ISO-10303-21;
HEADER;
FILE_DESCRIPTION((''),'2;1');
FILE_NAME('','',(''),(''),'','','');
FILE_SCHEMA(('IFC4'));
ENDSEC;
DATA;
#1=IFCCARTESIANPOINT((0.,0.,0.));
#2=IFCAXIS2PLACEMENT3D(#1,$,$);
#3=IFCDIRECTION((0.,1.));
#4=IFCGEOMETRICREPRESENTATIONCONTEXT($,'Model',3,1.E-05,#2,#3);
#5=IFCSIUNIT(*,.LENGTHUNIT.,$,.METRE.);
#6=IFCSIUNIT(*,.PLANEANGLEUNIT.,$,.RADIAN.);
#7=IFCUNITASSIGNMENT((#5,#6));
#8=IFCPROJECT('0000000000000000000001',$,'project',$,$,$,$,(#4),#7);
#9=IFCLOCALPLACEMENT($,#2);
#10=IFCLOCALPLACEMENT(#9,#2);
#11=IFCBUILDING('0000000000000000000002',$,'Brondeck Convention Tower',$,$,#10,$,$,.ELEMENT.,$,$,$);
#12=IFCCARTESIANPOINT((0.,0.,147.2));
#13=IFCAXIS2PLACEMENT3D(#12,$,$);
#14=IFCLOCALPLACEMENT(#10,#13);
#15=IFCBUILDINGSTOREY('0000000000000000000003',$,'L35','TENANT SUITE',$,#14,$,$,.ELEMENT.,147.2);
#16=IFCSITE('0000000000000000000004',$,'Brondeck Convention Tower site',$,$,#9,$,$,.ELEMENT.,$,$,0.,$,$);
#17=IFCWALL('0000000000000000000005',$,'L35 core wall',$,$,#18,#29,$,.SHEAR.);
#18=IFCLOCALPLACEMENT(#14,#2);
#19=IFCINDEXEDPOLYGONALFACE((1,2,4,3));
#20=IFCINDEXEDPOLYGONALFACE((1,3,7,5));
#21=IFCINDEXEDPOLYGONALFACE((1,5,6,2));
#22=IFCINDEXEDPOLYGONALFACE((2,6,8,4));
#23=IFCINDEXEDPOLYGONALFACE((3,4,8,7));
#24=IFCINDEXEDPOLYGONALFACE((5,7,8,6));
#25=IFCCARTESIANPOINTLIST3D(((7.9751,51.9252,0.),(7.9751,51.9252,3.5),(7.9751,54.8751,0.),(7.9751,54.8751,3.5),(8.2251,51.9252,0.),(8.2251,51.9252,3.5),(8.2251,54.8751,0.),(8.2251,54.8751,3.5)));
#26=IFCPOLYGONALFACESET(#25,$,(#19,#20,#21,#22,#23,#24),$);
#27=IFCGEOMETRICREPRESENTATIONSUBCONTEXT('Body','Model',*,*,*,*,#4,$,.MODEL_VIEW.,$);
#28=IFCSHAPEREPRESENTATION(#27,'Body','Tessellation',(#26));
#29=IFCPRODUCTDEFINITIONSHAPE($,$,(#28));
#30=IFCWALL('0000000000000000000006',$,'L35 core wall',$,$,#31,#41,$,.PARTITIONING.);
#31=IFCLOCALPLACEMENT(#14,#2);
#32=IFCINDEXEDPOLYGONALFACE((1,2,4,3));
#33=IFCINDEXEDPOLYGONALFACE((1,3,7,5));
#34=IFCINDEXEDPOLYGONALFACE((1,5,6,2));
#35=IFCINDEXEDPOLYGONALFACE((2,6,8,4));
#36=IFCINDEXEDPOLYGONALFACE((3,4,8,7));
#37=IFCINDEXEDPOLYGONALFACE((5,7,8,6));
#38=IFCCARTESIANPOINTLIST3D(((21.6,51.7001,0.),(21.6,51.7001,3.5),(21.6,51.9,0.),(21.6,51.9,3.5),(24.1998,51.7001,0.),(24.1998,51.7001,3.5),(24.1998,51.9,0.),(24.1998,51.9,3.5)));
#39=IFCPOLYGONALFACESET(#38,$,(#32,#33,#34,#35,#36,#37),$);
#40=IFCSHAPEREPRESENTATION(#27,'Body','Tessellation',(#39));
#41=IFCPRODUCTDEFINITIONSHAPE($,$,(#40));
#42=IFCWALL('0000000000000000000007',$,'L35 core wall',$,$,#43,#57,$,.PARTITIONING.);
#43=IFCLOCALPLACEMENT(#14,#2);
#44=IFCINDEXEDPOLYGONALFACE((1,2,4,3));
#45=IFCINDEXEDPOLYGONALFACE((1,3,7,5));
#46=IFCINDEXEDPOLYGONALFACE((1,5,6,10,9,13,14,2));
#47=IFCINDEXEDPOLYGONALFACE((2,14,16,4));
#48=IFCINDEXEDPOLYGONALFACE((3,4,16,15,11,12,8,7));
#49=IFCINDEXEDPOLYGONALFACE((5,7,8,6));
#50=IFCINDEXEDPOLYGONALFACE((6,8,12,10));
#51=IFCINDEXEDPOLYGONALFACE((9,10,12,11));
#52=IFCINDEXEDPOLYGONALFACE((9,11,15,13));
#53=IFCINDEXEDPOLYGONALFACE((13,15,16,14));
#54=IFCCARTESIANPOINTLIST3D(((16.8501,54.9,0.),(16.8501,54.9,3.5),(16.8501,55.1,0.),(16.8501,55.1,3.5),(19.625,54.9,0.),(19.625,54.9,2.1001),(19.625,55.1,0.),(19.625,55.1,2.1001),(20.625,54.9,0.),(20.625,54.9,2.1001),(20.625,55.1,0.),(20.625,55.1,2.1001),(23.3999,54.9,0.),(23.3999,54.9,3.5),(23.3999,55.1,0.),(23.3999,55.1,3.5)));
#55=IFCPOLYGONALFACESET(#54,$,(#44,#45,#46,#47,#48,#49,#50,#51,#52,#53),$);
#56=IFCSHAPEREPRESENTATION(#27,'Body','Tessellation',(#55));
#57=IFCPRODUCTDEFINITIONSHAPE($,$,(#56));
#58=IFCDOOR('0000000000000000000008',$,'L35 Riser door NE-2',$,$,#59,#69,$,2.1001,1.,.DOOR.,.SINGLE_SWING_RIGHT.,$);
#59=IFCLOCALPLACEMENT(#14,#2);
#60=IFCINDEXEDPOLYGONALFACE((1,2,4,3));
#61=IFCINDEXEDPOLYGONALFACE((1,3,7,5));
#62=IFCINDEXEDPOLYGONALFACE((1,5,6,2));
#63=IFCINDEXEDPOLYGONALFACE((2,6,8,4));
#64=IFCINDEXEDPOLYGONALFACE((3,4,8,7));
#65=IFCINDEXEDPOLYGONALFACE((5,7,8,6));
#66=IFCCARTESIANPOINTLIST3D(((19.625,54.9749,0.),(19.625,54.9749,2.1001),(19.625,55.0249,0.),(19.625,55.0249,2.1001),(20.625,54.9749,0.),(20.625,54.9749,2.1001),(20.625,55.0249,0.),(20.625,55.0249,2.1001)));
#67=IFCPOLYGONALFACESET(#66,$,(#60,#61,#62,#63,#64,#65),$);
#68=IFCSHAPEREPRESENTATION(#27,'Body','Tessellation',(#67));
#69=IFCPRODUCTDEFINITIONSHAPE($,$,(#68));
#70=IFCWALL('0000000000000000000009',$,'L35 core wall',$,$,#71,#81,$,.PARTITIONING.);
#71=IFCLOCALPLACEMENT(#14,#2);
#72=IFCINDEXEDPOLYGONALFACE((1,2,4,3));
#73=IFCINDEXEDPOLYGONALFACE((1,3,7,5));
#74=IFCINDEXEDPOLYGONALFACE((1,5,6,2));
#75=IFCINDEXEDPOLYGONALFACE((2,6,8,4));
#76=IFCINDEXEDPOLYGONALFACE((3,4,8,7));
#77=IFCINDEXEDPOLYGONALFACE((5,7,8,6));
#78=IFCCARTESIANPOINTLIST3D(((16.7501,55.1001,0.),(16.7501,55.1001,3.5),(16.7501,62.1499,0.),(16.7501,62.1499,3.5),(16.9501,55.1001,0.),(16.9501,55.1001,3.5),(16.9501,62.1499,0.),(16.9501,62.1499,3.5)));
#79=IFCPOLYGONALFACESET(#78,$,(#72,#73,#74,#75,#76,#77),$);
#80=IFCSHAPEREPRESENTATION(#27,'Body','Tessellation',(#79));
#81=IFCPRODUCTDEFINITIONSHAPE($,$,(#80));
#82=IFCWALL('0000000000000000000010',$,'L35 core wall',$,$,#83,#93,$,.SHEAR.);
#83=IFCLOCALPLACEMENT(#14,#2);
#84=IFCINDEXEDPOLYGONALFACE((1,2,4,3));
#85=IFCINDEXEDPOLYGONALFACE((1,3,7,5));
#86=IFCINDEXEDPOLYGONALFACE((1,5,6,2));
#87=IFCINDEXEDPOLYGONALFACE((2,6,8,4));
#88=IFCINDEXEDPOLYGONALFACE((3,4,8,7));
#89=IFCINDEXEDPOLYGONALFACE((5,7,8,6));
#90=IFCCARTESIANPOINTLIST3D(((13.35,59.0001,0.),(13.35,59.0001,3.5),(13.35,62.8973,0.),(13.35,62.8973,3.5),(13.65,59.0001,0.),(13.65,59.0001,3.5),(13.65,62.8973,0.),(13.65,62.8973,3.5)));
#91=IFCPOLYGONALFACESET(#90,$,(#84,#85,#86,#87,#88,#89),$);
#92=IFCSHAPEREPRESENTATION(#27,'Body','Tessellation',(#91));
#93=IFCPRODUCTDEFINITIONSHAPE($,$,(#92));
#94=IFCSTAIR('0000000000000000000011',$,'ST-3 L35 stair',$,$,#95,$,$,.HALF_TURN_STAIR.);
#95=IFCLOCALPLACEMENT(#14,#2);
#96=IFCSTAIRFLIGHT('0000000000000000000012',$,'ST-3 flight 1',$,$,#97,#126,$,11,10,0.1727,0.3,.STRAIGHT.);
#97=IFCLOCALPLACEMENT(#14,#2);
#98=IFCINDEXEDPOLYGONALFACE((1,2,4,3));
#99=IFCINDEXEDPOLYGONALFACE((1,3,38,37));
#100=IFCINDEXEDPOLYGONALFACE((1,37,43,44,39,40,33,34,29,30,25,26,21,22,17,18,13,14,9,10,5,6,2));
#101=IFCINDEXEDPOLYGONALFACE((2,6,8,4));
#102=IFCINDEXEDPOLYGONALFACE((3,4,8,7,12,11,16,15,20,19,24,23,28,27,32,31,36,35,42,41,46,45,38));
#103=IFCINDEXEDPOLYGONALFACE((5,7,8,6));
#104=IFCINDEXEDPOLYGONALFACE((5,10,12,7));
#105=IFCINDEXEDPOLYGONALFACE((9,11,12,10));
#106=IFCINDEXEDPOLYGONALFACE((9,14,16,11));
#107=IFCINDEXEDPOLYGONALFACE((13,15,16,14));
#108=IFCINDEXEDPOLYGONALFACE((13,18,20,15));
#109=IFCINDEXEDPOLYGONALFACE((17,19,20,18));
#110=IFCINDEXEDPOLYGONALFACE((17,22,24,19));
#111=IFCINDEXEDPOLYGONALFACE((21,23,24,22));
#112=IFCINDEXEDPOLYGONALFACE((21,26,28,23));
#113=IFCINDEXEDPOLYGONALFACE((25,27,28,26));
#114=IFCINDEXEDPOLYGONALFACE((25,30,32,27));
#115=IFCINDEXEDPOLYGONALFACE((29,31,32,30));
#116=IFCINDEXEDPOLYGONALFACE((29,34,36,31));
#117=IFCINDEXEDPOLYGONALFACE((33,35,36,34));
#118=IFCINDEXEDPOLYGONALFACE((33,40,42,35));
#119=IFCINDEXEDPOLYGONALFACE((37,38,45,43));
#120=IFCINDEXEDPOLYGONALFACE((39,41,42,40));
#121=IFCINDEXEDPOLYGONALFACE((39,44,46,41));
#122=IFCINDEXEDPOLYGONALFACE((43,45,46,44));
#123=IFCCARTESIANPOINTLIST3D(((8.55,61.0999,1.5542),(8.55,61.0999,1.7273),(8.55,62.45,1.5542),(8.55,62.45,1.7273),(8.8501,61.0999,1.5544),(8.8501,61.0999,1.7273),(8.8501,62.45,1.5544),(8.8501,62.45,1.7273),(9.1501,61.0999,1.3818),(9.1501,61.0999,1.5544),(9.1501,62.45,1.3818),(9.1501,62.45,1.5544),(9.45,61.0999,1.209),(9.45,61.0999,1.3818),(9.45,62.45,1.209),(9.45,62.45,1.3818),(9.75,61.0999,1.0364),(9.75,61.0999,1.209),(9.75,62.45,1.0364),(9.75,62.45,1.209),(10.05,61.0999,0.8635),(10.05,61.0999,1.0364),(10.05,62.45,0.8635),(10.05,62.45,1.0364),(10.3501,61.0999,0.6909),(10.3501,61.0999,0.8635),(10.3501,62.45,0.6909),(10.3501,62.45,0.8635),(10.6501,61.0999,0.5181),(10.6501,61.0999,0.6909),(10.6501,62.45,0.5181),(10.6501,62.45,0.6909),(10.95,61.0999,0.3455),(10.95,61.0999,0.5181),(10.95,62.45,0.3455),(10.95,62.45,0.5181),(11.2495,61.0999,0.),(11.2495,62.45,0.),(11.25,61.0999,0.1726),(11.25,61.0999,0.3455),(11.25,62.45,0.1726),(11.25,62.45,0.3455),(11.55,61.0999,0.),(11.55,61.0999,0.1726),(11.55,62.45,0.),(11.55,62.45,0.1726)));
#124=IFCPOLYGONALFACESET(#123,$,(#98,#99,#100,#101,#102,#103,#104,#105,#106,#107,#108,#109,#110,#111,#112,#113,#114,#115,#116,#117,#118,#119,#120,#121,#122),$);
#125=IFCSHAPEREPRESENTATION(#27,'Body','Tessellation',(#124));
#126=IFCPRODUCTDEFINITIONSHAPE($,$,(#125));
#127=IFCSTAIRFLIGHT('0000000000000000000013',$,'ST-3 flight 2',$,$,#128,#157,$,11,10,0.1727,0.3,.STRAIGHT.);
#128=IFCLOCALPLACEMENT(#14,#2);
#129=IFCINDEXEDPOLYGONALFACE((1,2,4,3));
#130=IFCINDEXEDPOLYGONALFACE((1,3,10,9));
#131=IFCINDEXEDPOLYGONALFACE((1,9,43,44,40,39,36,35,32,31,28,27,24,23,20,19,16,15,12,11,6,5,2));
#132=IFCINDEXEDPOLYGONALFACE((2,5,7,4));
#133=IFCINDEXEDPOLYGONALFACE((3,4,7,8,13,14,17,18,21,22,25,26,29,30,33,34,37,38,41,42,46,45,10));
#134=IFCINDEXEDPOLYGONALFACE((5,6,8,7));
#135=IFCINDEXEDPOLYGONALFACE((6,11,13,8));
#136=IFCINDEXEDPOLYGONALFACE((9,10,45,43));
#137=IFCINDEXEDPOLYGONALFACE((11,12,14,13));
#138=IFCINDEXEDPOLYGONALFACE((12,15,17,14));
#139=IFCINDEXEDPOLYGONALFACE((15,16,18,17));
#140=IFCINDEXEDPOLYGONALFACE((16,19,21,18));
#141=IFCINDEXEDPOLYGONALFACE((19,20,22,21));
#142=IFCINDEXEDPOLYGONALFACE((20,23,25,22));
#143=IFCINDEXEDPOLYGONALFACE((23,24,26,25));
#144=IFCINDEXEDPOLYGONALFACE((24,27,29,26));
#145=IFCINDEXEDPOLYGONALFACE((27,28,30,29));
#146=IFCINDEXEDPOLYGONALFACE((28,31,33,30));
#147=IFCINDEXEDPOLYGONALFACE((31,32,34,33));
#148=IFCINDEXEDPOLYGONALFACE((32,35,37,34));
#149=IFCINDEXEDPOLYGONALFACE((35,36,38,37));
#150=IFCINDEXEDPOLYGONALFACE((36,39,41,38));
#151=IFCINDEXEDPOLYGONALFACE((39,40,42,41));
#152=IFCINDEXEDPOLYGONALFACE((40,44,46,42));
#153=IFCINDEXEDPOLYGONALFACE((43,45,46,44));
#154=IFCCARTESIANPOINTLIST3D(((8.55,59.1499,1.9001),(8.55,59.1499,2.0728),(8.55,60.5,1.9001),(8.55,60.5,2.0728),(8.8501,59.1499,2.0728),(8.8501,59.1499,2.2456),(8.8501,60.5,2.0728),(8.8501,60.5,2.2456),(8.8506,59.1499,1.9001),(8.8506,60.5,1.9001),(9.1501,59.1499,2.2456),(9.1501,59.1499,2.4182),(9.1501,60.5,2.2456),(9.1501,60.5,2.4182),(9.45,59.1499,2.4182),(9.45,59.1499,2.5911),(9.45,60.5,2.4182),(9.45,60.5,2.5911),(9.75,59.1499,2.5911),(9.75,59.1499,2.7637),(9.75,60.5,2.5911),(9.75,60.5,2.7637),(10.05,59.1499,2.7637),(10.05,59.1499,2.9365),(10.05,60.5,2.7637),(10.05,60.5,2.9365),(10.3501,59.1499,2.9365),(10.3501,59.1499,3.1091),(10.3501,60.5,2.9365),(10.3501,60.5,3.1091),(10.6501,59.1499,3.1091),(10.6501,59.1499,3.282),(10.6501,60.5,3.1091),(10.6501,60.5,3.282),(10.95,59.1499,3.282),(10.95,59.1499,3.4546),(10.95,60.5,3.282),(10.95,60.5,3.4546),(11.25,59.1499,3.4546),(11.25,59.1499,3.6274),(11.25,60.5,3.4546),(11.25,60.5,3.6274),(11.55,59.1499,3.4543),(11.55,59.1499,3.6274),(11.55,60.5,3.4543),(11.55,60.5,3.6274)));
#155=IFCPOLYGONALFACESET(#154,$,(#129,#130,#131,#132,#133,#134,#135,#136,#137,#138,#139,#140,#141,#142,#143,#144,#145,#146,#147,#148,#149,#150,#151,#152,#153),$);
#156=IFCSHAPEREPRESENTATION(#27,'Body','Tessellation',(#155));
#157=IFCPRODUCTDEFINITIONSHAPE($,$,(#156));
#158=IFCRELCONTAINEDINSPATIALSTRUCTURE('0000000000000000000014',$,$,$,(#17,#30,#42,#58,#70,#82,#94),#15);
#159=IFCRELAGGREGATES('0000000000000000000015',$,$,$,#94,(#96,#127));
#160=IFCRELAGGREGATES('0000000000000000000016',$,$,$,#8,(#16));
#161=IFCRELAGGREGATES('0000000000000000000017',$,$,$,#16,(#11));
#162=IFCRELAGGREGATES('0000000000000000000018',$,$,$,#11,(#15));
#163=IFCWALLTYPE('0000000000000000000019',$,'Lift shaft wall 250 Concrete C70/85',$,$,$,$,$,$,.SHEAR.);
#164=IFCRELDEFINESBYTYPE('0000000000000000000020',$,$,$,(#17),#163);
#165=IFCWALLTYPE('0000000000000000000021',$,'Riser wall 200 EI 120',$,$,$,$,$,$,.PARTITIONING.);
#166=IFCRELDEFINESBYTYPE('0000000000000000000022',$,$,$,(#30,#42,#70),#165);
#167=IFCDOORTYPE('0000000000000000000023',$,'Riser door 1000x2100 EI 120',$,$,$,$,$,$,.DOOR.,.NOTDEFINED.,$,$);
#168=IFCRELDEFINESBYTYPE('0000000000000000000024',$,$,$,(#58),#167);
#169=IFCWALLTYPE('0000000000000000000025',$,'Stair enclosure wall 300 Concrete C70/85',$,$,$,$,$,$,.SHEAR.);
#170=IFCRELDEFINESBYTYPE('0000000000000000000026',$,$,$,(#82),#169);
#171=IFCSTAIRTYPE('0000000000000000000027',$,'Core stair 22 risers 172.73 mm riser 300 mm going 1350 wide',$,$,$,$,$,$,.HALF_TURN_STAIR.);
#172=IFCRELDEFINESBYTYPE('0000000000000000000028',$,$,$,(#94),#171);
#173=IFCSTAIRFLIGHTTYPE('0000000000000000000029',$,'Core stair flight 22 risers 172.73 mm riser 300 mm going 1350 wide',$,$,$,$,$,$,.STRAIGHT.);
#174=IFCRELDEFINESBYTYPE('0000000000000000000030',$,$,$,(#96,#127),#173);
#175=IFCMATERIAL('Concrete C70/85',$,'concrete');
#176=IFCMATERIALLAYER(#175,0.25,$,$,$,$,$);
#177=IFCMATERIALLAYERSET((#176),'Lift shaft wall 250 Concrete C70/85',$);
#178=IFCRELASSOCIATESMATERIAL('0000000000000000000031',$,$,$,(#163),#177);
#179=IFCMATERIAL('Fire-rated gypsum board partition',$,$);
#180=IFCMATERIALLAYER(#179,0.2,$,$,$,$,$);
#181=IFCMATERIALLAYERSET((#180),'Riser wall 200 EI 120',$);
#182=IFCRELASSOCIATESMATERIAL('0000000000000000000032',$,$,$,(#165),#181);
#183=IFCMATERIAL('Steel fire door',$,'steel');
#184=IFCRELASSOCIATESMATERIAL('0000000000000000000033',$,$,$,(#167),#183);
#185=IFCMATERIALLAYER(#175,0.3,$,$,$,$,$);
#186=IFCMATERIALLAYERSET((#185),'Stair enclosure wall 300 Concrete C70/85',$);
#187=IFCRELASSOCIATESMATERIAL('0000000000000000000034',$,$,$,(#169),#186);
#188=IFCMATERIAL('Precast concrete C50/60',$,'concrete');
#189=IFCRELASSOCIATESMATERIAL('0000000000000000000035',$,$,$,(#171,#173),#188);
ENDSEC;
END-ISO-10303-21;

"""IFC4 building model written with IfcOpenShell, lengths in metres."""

from ifc_helpers import new_model, si_unit, direction, frame, frame_2d, origin, place, context, subcontext, project, spatial, polyline, rectangle, outline, extrude, material, layer, layer_set, type_object, element, fill, aggregate, save


model = new_model("IFC4")

# Units and contexts
model_context = context("Model", 3, precision=1e-05, world=origin(), true_north=direction((0.0, 1.0)))
body_context = subcontext(model_context, "Body", "Model", "MODEL_VIEW")
ifc_project = project(units=[si_unit("LENGTHUNIT", "METRE"), si_unit("PLANEANGLEUNIT", "RADIAN")], contexts=[model_context])

# Site, building, storey
site_placement = place(None, origin())
site = spatial("IfcSite", under=ifc_project, at=site_placement, Name="Brondeck Convention Tower site", CompositionType="ELEMENT", RefElevation=0.0)
building_placement = place(site_placement, origin())
building = spatial("IfcBuilding", under=site, at=building_placement, Name="Brondeck Convention Tower", CompositionType="ELEMENT")
storey_placement = place(building_placement, frame((0.0, 0.0, 147.2)))
storey = spatial("IfcBuildingStorey", under=building, at=storey_placement, Name="L35", Description="TENANT SUITE", CompositionType="ELEMENT", Elevation=147.2)

# Shared definitions
ifc_material_1 = material(Name="Concrete C70/85", Category="concrete")

# Shared definitions
ifc_material_2 = material(Name="Fire-rated gypsum board partition")

# Shared definitions
ifc_material_3 = material(Name="Steel fire door", Category="steel")

# Walls
ifc_layer_1 = layer(ifc_material_1, 0.25)
ifc_layer_set_1 = layer_set([ifc_layer_1], Name="Lift shaft wall 250 Concrete C70/85")
wall_type_1 = type_object("IfcWallType", Name="Lift shaft wall 250 Concrete C70/85", PredefinedType="SHEAR", material=ifc_layer_set_1)
wall_1_placement = place(storey_placement, frame((8.1001, 51.925, 0.0), z_axis=(0.0, 0.0, 1.0), x_axis=(0.0, 1.0, 0.0)))
element("IfcWall", 1, at=wall_1_placement, inside=storey, type_object=wall_type_1, Name="L35 core wall", PredefinedType="SHEAR", context=body_context, shape_type="SweptSolid", body=[
    extrude(rectangle(XDim=2.95, YDim=0.25, at=frame_2d((1.4751, 0.0))), origin(), (0.0, 0.0, 1.0), 3.5),
])
ifc_layer_2 = layer(ifc_material_2, 0.2)
ifc_layer_set_2 = layer_set([ifc_layer_2], Name="Riser wall 200 EI 120")
wall_type_2 = type_object("IfcWallType", Name="Riser wall 200 EI 120", PredefinedType="PARTITIONING", material=ifc_layer_set_2)
wall_2_placement = place(storey_placement, frame((21.6001, 51.8, 0.0), z_axis=(0.0, 0.0, 1.0), x_axis=(1.0, 0.0, 0.0)))
element("IfcWall", 2, at=wall_2_placement, inside=storey, type_object=wall_type_2, Name="L35 core wall", PredefinedType="PARTITIONING", context=body_context, shape_type="SweptSolid", body=[
    extrude(rectangle(XDim=2.5999, YDim=0.2, at=frame_2d((1.2998, 0.0))), origin(), (0.0, 0.0, 1.0), 3.5),
])

# Wall, opening, door
wall_3_placement = place(storey_placement, frame((16.8501, 55.0, 0.0), z_axis=(0.0, 0.0, 1.0), x_axis=(1.0, 0.0, 0.0)))
wall_3 = element("IfcWall", 3, at=wall_3_placement, inside=storey, type_object=wall_type_2, Name="L35 core wall", PredefinedType="PARTITIONING", context=body_context, shape_type="SweptSolid", body=[
    extrude(rectangle(XDim=6.5498, YDim=0.2, at=frame_2d((3.2749, 0.0))), origin(), (0.0, 0.0, 1.0), 3.5),
])
opening_1_placement = place(wall_3_placement, frame((2.7749, 0.0, 0.0)))
opening_1 = element("IfcOpeningElement", 4, at=opening_1_placement, cuts=wall_3, PredefinedType="OPENING", context=body_context, shape_type="SweptSolid", body=[
    extrude(rectangle(XDim=1.0, YDim=2.1001, at=frame_2d((0.5, 1.05))), frame((0.0, 0.1099, 0.0), z_axis=(0.0, -1.0, 0.0), x_axis=(1.0, 0.0, 0.0)), (0.0, 0.0, 1.0), 0.22),
])
door_type_1 = type_object("IfcDoorType", Name="Riser door 1000x2100 EI 120", OperationType="NOTDEFINED", PredefinedType="DOOR", material=ifc_material_3)
door_1_placement = place(opening_1_placement, origin())
door_1 = element("IfcDoor", 5, at=door_1_placement, inside=storey, type_object=door_type_1, Name="L35 Riser door NE-2", OperationType="SINGLE_SWING_RIGHT", OverallHeight=2.1001, OverallWidth=1.0, PredefinedType="DOOR", context=body_context, shape_type="SweptSolid", body=[
    extrude(rectangle(XDim=1.0, YDim=2.1001, at=frame_2d((0.5, 1.05))), frame((0.0, 0.0249, 0.0), z_axis=(0.0, -1.0, 0.0), x_axis=(1.0, 0.0, 0.0)), (0.0, 0.0, 1.0), 0.05),
])
fill(opening_1, door_1)

# Walls
wall_4_placement = place(storey_placement, frame((16.8501, 55.1001, 0.0), z_axis=(0.0, 0.0, 1.0), x_axis=(0.0, 1.0, 0.0)))
element("IfcWall", 6, at=wall_4_placement, inside=storey, type_object=wall_type_2, Name="L35 core wall", PredefinedType="PARTITIONING", context=body_context, shape_type="SweptSolid", body=[
    extrude(rectangle(XDim=7.0498, YDim=0.2, at=frame_2d((3.5249, 0.0))), origin(), (0.0, 0.0, 1.0), 3.5),
])
ifc_layer_3 = layer(ifc_material_1, 0.3)
ifc_layer_set_3 = layer_set([ifc_layer_3], Name="Stair enclosure wall 300 Concrete C70/85")
wall_type_3 = type_object("IfcWallType", Name="Stair enclosure wall 300 Concrete C70/85", PredefinedType="SHEAR", material=ifc_layer_set_3)
wall_5_placement = place(storey_placement, frame((13.5, 59.0, 0.0), z_axis=(0.0, 0.0, 1.0), x_axis=(0.0, 1.0, 0.0)))
element("IfcWall", 7, at=wall_5_placement, inside=storey, type_object=wall_type_3, Name="L35 core wall", PredefinedType="SHEAR", context=body_context, shape_type="SweptSolid", body=[
    extrude(rectangle(XDim=3.8972, YDim=0.3, at=frame_2d((1.9487, 0.0))), origin(), (0.0, 0.0, 1.0), 3.5),
])

# Stair, stair flights
ifc_material_4 = material(Name="Precast concrete C50/60", Category="concrete")
stair_type = type_object("IfcStairType", Name="Core stair 22 risers 172.73 mm riser 300 mm going 1350 wide", PredefinedType="HALF_TURN_STAIR", material=ifc_material_4)
stair_placement = place(storey_placement, origin())
stair = element("IfcStair", 8, at=stair_placement, inside=storey, type_object=stair_type, Name="ST-3 L35 stair", PredefinedType="HALF_TURN_STAIR")
stair_flight_type = type_object("IfcStairFlightType", Name="Core stair flight 22 risers 172.73 mm riser 300 mm going 1350 wide", PredefinedType="STRAIGHT", material=ifc_material_4)
stair_flight_1_placement = place(storey_placement, frame((11.55, 61.7749, 0.0), z_axis=(0.0, 0.0, 1.0), x_axis=(-1.0, 0.0, 0.0)))
stair_flight_1 = element("IfcStairFlight", 9, at=stair_flight_1_placement, type_object=stair_flight_type, Name="ST-3 flight 1", NumberOfRisers=11, NumberOfTreads=10, PredefinedType="STRAIGHT", RiserHeight=0.1727, TreadLength=0.3, context=body_context, shape_type="SweptSolid", body=[
    extrude(outline(polyline([(0.0, 0.0), (0.0, 0.1726), (0.3, 0.1726), (0.3, 0.3455), (0.6001, 0.3455), (0.6001, 0.5181), (0.8999, 0.5181), (0.8999, 0.6909), (1.2, 0.6909), (1.2, 0.8635), (1.5, 0.8635), (1.5, 1.0364), (1.8, 1.0364), (1.8, 1.209), (2.1001, 1.209), (2.1001, 1.3818), (2.3999, 1.3818), (2.3999, 1.5544), (2.7, 1.5544), (2.7, 1.7273), (3.0, 1.7273), (3.0, 1.8999), (3.0, 1.5542), (0.3005, 0.0), (0.0, 0.0)])), frame((0.0, 0.675, 0.0), z_axis=(0.0, -1.0, 0.0), x_axis=(1.0, 0.0, 0.0)), (0.0, 0.0, 1.0), 1.3501),
])
stair_flight_2_placement = place(storey_placement, frame((8.55, 59.825, 1.9001), z_axis=(0.0, 0.0, 1.0), x_axis=(1.0, 0.0, 0.0)))
stair_flight_2 = element("IfcStairFlight", 10, at=stair_flight_2_placement, type_object=stair_flight_type, Name="ST-3 flight 2", NumberOfRisers=11, NumberOfTreads=10, PredefinedType="STRAIGHT", RiserHeight=0.1727, TreadLength=0.3, context=body_context, shape_type="SweptSolid", body=[
    extrude(outline(polyline([(0.0, 0.0), (0.0, 0.1726), (0.3, 0.1726), (0.3, 0.3455), (0.6001, 0.3455), (0.6001, 0.5181), (0.8999, 0.5181), (0.8999, 0.6909), (1.2, 0.6909), (1.2, 0.8635), (1.5, 0.8635), (1.5, 1.0364), (1.8, 1.0364), (1.8, 1.209), (2.1001, 1.209), (2.1001, 1.3818), (2.3999, 1.3818), (2.3999, 1.5544), (2.7, 1.5544), (2.7, 1.7273), (3.0, 1.7273), (3.0, 1.8999), (3.0, 1.5542), (0.3005, 0.0), (0.0, 0.0)])), frame((0.0, 0.675, 0.0), z_axis=(0.0, -1.0, 0.0), x_axis=(1.0, 0.0, 0.0)), (0.0, 0.0, 1.0), 1.3501),
])
aggregate(stair, [stair_flight_1, stair_flight_2])

save(model, "model.ifc")
